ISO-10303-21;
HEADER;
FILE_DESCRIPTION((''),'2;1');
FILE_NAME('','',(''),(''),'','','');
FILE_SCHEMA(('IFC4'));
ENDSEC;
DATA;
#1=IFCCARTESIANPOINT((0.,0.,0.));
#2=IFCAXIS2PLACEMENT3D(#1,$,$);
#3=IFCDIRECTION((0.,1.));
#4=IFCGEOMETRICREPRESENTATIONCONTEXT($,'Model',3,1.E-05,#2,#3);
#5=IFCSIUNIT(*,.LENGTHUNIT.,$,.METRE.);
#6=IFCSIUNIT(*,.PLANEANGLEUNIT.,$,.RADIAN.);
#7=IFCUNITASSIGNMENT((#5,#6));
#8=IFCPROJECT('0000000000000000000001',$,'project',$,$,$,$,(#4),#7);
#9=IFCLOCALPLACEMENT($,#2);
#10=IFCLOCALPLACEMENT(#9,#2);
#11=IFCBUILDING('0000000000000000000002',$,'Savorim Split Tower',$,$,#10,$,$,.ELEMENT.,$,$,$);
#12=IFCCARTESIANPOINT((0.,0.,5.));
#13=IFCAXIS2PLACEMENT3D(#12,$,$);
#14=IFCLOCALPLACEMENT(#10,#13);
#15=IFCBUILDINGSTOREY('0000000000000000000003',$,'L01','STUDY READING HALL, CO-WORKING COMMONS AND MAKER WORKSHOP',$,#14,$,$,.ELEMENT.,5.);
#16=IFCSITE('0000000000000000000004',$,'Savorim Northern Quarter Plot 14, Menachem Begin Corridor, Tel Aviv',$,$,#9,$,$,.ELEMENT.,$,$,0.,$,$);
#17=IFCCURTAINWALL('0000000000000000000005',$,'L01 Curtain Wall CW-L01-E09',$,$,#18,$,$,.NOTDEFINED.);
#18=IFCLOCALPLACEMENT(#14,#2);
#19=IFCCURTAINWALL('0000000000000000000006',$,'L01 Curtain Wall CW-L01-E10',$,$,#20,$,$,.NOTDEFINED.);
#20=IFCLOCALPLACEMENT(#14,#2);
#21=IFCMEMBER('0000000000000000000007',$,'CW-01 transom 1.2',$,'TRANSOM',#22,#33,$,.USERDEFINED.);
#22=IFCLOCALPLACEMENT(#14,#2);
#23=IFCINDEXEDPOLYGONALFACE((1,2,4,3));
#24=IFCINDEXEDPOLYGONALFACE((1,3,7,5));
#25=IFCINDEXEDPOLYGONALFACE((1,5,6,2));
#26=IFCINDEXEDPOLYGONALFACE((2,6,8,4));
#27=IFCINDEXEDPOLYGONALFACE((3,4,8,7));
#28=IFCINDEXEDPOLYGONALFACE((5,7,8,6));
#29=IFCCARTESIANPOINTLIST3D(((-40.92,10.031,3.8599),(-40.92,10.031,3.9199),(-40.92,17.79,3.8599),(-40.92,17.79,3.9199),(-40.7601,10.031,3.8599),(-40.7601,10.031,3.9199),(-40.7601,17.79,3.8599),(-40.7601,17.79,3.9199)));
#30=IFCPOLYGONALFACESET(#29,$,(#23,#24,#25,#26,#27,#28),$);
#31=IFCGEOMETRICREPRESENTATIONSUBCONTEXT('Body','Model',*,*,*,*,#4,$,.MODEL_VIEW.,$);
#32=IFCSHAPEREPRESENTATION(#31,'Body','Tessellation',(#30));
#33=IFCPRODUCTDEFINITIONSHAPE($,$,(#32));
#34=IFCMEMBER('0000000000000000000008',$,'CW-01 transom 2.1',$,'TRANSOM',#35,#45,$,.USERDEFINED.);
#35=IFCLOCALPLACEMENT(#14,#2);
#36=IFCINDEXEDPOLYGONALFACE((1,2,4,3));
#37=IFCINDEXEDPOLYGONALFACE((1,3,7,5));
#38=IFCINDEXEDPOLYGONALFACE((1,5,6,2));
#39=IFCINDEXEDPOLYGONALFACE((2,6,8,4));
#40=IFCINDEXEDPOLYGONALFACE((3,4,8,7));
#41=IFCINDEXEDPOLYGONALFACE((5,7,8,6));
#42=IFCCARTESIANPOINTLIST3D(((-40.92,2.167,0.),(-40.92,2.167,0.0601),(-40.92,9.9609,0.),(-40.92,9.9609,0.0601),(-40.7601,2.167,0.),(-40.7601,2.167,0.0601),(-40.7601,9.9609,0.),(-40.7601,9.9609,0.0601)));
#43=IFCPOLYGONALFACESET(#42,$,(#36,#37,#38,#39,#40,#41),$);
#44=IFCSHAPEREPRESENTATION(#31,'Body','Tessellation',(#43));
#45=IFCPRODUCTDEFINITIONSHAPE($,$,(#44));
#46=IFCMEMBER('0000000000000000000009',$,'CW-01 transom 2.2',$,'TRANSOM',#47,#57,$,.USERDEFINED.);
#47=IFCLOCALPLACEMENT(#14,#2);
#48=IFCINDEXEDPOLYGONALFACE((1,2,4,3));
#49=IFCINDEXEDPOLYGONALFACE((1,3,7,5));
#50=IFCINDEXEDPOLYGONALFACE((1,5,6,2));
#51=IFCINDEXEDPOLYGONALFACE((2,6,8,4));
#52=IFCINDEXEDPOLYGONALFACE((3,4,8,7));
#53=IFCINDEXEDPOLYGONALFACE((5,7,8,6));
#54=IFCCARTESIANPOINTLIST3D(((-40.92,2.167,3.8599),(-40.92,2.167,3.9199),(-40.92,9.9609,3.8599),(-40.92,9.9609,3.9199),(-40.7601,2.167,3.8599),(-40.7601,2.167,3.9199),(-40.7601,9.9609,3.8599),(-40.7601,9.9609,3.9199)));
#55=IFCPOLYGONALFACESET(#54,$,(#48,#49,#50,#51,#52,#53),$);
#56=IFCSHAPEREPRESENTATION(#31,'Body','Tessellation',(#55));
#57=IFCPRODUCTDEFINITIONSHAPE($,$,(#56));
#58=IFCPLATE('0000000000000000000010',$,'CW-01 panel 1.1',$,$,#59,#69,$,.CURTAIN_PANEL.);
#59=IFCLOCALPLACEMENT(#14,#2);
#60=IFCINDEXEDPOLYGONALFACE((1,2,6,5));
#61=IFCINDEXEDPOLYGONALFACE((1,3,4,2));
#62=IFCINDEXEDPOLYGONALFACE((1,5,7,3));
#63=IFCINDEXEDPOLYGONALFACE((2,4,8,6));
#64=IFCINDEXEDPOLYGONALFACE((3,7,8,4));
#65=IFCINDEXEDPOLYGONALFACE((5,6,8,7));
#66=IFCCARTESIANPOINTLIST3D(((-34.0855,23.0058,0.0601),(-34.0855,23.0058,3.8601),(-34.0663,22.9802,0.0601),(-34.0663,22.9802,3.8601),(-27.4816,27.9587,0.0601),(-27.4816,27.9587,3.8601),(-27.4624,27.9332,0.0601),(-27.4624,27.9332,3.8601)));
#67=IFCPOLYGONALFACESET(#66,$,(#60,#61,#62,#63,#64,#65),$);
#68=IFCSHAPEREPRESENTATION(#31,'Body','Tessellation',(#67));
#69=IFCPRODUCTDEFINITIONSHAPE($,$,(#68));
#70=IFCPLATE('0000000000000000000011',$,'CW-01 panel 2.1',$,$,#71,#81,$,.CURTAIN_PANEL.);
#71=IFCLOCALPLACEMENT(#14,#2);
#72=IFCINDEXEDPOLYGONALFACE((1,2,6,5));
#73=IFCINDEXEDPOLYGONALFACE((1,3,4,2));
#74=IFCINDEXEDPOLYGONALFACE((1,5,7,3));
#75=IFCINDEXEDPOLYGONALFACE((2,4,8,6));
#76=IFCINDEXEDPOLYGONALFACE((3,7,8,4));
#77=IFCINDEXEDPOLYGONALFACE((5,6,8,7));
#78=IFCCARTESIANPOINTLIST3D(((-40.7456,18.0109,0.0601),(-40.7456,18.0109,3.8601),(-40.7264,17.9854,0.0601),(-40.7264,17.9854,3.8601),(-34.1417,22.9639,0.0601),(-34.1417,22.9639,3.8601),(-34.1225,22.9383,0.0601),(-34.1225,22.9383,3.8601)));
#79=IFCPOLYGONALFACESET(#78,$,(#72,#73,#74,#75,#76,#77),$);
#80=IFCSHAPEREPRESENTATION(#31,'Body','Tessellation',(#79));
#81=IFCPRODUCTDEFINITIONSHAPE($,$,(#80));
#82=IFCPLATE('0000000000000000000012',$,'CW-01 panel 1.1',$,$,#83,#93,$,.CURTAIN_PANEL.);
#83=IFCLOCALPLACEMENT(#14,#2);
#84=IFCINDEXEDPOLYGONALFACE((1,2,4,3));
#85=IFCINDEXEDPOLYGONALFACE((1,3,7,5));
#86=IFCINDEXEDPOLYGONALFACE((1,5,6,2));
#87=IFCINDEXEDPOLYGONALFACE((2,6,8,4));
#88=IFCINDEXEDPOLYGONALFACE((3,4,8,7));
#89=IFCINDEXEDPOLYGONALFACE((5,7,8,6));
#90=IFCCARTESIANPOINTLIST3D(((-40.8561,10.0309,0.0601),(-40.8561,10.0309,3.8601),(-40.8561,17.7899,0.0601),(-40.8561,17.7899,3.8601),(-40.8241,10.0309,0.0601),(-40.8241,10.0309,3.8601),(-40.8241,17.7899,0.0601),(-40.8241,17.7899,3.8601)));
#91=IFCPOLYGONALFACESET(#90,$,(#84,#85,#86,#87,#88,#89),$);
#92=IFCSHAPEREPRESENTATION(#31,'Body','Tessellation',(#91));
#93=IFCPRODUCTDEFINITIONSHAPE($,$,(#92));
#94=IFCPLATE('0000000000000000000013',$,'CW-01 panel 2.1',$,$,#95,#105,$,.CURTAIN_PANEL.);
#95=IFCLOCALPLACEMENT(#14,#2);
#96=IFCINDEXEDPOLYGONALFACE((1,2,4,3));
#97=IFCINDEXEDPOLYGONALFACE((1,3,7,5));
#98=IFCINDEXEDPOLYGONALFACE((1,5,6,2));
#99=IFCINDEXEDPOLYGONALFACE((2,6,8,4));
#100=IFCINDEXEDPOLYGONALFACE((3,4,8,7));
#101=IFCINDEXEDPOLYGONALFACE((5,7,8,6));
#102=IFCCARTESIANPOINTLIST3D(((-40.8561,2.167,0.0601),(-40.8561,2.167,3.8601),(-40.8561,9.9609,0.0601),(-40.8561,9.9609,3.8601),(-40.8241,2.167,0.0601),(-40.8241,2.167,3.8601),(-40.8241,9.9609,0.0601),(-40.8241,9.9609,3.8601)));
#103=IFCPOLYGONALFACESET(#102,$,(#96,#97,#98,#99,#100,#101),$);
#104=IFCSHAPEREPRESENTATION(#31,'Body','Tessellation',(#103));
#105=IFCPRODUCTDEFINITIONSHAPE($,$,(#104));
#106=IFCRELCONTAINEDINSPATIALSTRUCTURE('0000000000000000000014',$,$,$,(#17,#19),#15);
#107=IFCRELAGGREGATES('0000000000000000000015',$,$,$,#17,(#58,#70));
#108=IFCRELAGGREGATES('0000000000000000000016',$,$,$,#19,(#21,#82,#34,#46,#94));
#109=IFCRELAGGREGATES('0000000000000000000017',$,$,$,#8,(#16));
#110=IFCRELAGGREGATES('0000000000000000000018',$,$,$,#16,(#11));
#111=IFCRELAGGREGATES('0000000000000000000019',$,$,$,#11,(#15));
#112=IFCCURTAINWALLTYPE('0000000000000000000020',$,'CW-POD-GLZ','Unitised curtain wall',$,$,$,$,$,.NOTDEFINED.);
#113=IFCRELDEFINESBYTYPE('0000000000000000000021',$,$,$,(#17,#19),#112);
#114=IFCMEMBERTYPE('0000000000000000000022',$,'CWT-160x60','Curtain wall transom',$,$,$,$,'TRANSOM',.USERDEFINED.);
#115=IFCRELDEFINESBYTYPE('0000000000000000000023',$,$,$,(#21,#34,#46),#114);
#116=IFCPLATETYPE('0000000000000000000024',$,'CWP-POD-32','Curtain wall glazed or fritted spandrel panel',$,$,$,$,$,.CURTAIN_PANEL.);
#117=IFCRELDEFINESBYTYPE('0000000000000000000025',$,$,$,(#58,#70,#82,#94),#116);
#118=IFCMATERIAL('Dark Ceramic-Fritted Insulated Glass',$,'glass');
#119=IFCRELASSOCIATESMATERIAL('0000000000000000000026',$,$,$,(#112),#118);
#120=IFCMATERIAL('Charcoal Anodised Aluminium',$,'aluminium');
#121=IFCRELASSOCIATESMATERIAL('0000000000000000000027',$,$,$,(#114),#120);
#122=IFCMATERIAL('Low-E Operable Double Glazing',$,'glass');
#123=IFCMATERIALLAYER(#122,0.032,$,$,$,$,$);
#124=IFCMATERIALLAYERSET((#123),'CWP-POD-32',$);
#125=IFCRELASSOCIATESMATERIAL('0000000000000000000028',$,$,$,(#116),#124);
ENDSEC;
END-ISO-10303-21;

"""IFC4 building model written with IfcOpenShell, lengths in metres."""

from ifc_helpers import new_model, si_unit, direction, frame, origin, origin_2d, place, context, subcontext, project, spatial, rectangle, extrude, material, layer, layer_set, material_profile, profile_set, type_object, element, aggregate, save


model = new_model("IFC4")

# Units and contexts
model_context = context("Model", 3, precision=1e-05, world=origin(), true_north=direction((0.0, 1.0)))
body_context = subcontext(model_context, "Body", "Model", "MODEL_VIEW")
ifc_project = project(units=[si_unit("LENGTHUNIT", "METRE"), si_unit("PLANEANGLEUNIT", "RADIAN")], contexts=[model_context])

# Site, building, storey
site_placement = place(None, origin())
site = spatial("IfcSite", under=ifc_project, at=site_placement, Name="Savorim Northern Quarter Plot 14, Menachem Begin Corridor, Tel Aviv", CompositionType="ELEMENT", RefElevation=0.0)
building_placement = place(site_placement, origin())
building = spatial("IfcBuilding", under=site, at=building_placement, Name="Savorim Split Tower", CompositionType="ELEMENT")
storey_placement = place(building_placement, frame((0.0, 0.0, 5.0)))
storey = spatial("IfcBuildingStorey", under=building, at=storey_placement, Name="L01", Description="STUDY READING HALL, CO-WORKING COMMONS AND MAKER WORKSHOP", CompositionType="ELEMENT", Elevation=5.0)

# Curtain walls
ifc_material_1 = material(Name="Dark Ceramic-Fritted Insulated Glass", Category="glass")
curtain_wall_type = type_object("IfcCurtainWallType", Name="CW-POD-GLZ", Description="Unitised curtain wall", PredefinedType="NOTDEFINED", material=ifc_material_1)
curtain_wall_1_placement = place(storey_placement, origin())
curtain_wall_1 = element("IfcCurtainWall", 1, at=curtain_wall_1_placement, inside=storey, type_object=curtain_wall_type, Name="L01 Curtain Wall CW-L01-E09", PredefinedType="NOTDEFINED")
ifc_material_2 = material(Name="Charcoal Anodised Aluminium", Category="aluminium")
curtain_wall_2_placement = place(storey_placement, origin())
curtain_wall_2 = element("IfcCurtainWall", 2, at=curtain_wall_2_placement, inside=storey, type_object=curtain_wall_type, Name="L01 Curtain Wall CW-L01-E10", PredefinedType="NOTDEFINED")

# Members
ifc_material_profile_1 = material_profile(ifc_material_2, rectangle(XDim=0.1599, YDim=0.0601, at=origin_2d()), Name="ALU-T 160x60")
ifc_profile_set_1 = profile_set([ifc_material_profile_1], Name="Charcoal Anodised Aluminium")
member_type_1 = type_object("IfcMemberType", Name="CWT-160x60", Description="Curtain wall transom", ElementType="TRANSOM", PredefinedType="USERDEFINED", material=ifc_profile_set_1)
member_1_placement = place(storey_placement, frame((-40.8401, 17.79, 3.8899), z_axis=(0.0, -1.0, 0.0), x_axis=(1.0, 0.0, 0.0)))
member_1 = element("IfcMember", 3, at=member_1_placement, type_object=member_type_1, Name="CW-01 transom 1.2", ObjectType="TRANSOM", PredefinedType="USERDEFINED", context=body_context, shape_type="SweptSolid", body=[
    extrude(rectangle(XDim=0.1599, YDim=0.0601, at=origin_2d()), origin(), (0.0, 0.0, 1.0), 7.759),
])
member_2_placement = place(storey_placement, frame((-40.8401, 9.9609, 0.03), z_axis=(0.0, -1.0, 0.0), x_axis=(1.0, 0.0, 0.0)))
member_2 = element("IfcMember", 4, at=member_2_placement, type_object=member_type_1, Name="CW-01 transom 2.1", ObjectType="TRANSOM", PredefinedType="USERDEFINED", context=body_context, shape_type="SweptSolid", body=[
    extrude(rectangle(XDim=0.1599, YDim=0.0601, at=origin_2d()), origin(), (0.0, 0.0, 1.0), 7.7939),
])
member_3_placement = place(storey_placement, frame((-40.8401, 9.9609, 3.8899), z_axis=(0.0, -1.0, 0.0), x_axis=(1.0, 0.0, 0.0)))
member_3 = element("IfcMember", 5, at=member_3_placement, type_object=member_type_1, Name="CW-01 transom 2.2", ObjectType="TRANSOM", PredefinedType="USERDEFINED", context=body_context, shape_type="SweptSolid", body=[
    extrude(rectangle(XDim=0.1599, YDim=0.0601, at=origin_2d()), origin(), (0.0, 0.0, 1.0), 7.7939),
])

# Plates
ifc_material_3 = material(Name="Low-E Operable Double Glazing", Category="glass")
ifc_layer_1 = layer(ifc_material_3, 0.032)
ifc_layer_set_1 = layer_set([ifc_layer_1], Name="CWP-POD-32")
plate_type = type_object("IfcPlateType", Name="CWP-POD-32", Description="Curtain wall glazed or fritted spandrel panel", PredefinedType="CURTAIN_PANEL", material=ifc_layer_set_1)
plate_1_placement = place(storey_placement, frame((-30.7739, 25.4695, 0.0601), z_axis=(0.0, 0.0, 1.0), x_axis=(-0.8, -0.6, 0.0)))
plate_1 = element("IfcPlate", 6, at=plate_1_placement, type_object=plate_type, Name="CW-01 panel 1.1", PredefinedType="CURTAIN_PANEL", context=body_context, shape_type="SweptSolid", body=[
    extrude(rectangle(XDim=8.2549, YDim=0.032, at=origin_2d()), origin(), (0.0, 0.0, 1.0), 3.8),
])
plate_2_placement = place(storey_placement, frame((-37.4341, 20.4746, 0.0601), z_axis=(0.0, 0.0, 1.0), x_axis=(-0.8, -0.6, 0.0)))
plate_2 = element("IfcPlate", 7, at=plate_2_placement, type_object=plate_type, Name="CW-01 panel 2.1", PredefinedType="CURTAIN_PANEL", context=body_context, shape_type="SweptSolid", body=[
    extrude(rectangle(XDim=8.2549, YDim=0.032, at=origin_2d()), origin(), (0.0, 0.0, 1.0), 3.8),
])
aggregate(curtain_wall_1, [plate_1, plate_2])
plate_3_placement = place(storey_placement, frame((-40.8401, 13.9104, 0.0601), z_axis=(0.0, 0.0, 1.0), x_axis=(0.0, -1.0, 0.0)))
plate_3 = element("IfcPlate", 8, at=plate_3_placement, type_object=plate_type, Name="CW-01 panel 1.1", PredefinedType="CURTAIN_PANEL", context=body_context, shape_type="SweptSolid", body=[
    extrude(rectangle(XDim=7.759, YDim=0.032, at=origin_2d()), origin(), (0.0, 0.0, 1.0), 3.8),
])
plate_4_placement = place(storey_placement, frame((-40.8401, 6.064, 0.0601), z_axis=(0.0, 0.0, 1.0), x_axis=(0.0, -1.0, 0.0)))
plate_4 = element("IfcPlate", 9, at=plate_4_placement, type_object=plate_type, Name="CW-01 panel 2.1", PredefinedType="CURTAIN_PANEL", context=body_context, shape_type="SweptSolid", body=[
    extrude(rectangle(XDim=7.7939, YDim=0.032, at=origin_2d()), origin(), (0.0, 0.0, 1.0), 3.8),
])
aggregate(curtain_wall_2, [member_1, plate_3, member_2, member_3, plate_4])

save(model, "model.ifc")
